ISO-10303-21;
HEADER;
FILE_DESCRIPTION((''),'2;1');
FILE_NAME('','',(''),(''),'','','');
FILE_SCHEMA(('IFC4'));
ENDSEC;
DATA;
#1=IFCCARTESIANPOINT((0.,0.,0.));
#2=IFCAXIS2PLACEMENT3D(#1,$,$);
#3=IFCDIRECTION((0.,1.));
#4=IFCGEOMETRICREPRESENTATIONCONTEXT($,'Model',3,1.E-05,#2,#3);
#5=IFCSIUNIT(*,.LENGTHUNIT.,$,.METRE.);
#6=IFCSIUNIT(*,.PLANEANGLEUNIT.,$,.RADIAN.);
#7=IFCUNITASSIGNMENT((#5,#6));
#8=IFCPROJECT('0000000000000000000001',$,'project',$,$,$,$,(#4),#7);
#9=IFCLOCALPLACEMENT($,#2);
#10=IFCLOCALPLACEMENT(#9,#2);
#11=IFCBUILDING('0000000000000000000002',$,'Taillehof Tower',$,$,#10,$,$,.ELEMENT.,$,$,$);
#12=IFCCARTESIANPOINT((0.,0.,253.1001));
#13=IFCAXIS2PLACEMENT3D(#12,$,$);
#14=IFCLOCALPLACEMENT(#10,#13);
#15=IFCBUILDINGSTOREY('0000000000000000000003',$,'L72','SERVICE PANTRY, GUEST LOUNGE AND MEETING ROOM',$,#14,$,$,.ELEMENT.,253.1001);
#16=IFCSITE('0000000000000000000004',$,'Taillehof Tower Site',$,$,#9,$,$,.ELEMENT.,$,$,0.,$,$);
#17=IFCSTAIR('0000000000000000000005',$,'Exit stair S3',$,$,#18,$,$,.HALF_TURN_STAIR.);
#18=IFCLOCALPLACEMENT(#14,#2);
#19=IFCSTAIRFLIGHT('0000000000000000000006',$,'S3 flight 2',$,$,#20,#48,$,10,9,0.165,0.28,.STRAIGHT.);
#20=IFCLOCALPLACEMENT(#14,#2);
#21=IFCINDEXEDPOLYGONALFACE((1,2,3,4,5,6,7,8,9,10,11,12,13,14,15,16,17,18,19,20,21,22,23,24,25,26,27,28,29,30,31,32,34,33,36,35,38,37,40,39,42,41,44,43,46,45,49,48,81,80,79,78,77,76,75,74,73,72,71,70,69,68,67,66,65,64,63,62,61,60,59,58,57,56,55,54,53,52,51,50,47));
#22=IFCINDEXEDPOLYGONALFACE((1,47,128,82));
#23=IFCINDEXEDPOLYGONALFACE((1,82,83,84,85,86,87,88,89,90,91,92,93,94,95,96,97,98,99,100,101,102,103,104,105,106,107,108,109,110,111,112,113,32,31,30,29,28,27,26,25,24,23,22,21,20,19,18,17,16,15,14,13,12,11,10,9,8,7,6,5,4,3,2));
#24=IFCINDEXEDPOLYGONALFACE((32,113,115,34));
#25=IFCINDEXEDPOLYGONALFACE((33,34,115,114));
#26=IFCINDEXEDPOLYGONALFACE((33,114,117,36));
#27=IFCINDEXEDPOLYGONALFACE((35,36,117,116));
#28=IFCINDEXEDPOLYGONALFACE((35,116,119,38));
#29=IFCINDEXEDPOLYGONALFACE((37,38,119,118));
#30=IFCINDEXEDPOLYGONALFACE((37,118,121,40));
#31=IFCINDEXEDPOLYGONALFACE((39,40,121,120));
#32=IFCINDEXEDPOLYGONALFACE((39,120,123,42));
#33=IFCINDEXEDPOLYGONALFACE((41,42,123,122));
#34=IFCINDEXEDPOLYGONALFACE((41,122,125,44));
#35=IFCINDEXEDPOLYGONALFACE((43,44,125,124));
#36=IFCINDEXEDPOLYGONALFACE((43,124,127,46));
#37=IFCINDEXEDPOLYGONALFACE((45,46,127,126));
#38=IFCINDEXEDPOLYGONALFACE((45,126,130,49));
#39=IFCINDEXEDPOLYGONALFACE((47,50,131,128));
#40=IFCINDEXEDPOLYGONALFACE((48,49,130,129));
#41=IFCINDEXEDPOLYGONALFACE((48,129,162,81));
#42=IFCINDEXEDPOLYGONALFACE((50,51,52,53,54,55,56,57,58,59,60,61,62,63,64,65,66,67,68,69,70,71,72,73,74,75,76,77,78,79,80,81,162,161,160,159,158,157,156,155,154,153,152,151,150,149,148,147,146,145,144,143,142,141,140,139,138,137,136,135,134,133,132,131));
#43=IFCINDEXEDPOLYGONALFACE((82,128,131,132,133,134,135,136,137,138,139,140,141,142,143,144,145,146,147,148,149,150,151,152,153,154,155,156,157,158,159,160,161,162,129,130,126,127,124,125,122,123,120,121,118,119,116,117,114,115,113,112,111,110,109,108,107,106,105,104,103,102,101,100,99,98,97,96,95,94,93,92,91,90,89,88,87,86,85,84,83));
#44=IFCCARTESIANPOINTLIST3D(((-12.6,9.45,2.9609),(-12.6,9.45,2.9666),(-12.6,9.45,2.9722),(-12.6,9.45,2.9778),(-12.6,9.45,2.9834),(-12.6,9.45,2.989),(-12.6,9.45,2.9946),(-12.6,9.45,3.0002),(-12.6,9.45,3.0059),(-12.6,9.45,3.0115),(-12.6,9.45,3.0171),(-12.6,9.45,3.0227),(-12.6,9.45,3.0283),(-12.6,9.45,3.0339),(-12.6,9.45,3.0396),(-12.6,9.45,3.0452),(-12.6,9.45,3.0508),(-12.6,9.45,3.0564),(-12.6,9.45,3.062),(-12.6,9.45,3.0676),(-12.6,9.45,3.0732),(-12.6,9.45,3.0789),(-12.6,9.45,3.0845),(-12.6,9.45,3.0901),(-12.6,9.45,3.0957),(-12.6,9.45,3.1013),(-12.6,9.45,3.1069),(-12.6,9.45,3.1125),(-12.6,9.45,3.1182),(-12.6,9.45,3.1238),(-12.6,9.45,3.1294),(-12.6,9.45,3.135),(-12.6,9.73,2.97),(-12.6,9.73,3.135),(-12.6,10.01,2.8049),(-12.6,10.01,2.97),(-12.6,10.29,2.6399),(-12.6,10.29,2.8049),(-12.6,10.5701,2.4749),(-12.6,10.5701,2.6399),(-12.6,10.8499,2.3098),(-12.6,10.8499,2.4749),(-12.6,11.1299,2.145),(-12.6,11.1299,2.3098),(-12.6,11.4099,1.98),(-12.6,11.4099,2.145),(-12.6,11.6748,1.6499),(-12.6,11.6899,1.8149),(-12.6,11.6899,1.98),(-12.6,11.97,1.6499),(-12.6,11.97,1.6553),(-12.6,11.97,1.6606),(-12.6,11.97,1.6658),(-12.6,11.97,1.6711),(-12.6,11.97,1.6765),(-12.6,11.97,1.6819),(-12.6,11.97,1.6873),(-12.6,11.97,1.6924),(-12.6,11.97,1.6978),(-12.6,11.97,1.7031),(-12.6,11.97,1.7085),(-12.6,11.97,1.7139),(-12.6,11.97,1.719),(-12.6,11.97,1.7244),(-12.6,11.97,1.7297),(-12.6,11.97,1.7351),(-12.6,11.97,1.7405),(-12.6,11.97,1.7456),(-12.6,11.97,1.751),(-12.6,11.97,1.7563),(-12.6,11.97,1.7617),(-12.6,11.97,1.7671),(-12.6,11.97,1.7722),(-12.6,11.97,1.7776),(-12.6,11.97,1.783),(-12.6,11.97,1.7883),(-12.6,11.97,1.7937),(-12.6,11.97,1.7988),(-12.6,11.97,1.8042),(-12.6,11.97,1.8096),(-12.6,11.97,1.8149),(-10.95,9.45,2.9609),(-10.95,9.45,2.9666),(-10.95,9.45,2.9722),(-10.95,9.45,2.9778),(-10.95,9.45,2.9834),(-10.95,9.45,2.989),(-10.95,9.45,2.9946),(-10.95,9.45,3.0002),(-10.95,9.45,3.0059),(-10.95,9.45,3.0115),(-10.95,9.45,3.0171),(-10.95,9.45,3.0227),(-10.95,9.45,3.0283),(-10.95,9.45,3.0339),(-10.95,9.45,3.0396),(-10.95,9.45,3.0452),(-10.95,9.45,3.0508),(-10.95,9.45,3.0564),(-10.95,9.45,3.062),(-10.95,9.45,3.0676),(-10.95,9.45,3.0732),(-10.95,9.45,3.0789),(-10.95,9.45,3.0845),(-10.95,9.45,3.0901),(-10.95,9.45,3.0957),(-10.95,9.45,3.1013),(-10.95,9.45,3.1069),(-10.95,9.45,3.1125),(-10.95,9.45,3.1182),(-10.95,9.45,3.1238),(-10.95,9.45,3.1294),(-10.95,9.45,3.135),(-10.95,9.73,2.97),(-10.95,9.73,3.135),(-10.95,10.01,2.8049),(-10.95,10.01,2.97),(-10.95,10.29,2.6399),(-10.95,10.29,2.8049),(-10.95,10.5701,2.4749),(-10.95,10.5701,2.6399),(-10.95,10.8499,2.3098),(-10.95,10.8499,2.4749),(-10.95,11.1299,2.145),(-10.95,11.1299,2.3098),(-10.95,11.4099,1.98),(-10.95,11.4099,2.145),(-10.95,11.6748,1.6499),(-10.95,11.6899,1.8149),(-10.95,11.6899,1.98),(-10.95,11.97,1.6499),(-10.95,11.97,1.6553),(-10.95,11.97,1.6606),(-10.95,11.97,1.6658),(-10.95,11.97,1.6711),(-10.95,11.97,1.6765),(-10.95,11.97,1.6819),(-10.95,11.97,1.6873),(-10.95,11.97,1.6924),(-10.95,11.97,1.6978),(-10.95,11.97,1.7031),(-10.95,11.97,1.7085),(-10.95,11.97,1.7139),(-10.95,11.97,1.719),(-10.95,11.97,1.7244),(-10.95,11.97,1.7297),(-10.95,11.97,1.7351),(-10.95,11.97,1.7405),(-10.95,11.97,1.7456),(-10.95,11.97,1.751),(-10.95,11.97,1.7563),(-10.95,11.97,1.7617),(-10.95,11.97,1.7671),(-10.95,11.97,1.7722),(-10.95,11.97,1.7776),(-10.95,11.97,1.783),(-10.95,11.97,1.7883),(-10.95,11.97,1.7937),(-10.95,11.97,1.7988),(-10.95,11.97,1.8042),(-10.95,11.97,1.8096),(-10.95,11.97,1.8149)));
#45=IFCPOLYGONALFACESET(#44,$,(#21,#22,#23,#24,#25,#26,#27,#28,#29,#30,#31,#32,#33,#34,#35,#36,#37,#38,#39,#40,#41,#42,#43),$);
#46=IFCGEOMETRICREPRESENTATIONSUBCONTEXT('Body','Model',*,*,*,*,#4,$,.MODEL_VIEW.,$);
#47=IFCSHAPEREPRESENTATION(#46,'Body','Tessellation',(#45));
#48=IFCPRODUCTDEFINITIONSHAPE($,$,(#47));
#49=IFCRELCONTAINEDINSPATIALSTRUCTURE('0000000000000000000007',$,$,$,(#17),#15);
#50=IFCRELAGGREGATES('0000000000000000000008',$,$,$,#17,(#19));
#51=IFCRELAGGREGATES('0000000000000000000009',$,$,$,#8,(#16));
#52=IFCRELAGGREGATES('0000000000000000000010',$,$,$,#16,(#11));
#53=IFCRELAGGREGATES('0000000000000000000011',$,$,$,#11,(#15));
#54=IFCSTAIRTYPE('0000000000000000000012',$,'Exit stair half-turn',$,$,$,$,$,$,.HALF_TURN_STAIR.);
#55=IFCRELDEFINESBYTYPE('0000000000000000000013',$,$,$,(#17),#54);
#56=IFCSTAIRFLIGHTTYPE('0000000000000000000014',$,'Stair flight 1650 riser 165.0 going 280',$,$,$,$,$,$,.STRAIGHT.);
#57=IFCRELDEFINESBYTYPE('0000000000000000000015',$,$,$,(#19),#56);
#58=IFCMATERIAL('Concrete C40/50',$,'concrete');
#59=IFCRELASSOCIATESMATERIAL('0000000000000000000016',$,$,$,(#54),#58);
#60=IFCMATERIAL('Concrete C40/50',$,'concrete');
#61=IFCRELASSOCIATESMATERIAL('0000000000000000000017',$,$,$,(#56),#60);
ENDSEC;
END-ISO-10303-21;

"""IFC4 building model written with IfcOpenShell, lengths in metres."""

from ifc_helpers import new_model, si_unit, direction, frame, origin, place, context, subcontext, project, spatial, polyline, outline, extrude, material, type_object, element, aggregate, save


model = new_model("IFC4")

# Units and contexts
model_context = context("Model", 3, precision=1e-05, world=origin(), true_north=direction((0.0, 1.0)))
body_context = subcontext(model_context, "Body", "Model", "MODEL_VIEW")
ifc_project = project(units=[si_unit("LENGTHUNIT", "METRE"), si_unit("PLANEANGLEUNIT", "RADIAN")], contexts=[model_context])

# Site, building, storey
site_placement = place(None, origin())
site = spatial("IfcSite", under=ifc_project, at=site_placement, Name="Taillehof Tower Site", CompositionType="ELEMENT", RefElevation=0.0)
building_placement = place(site_placement, origin())
building = spatial("IfcBuilding", under=site, at=building_placement, Name="Taillehof Tower", CompositionType="ELEMENT")
storey_placement = place(building_placement, frame((0.0, 0.0, 253.1001)))
storey = spatial("IfcBuildingStorey", under=building, at=storey_placement, Name="L72", Description="SERVICE PANTRY, GUEST LOUNGE AND MEETING ROOM", CompositionType="ELEMENT", Elevation=253.1001)

# Stair, stair flight
ifc_material_1 = material(Name="Concrete C40/50", Category="concrete")
stair_type = type_object("IfcStairType", Name="Exit stair half-turn", PredefinedType="HALF_TURN_STAIR", material=ifc_material_1)
stair_placement = place(storey_placement, origin())
stair = element("IfcStair", 1, at=stair_placement, inside=storey, type_object=stair_type, Name="Exit stair S3", PredefinedType="HALF_TURN_STAIR")
ifc_material_2 = material(Name="Concrete C40/50", Category="concrete")
stair_flight_type = type_object("IfcStairFlightType", Name="Stair flight 1650 riser 165.0 going 280", PredefinedType="STRAIGHT", material=ifc_material_2)
stair_flight_placement = place(storey_placement, frame((-11.7749, 11.97, 1.6499), z_axis=(0.0, 0.0, 1.0), x_axis=(0.0, -1.0, 0.0)))
stair_flight = element("IfcStairFlight", 2, at=stair_flight_placement, type_object=stair_flight_type, Name="S3 flight 2", NumberOfRisers=10, NumberOfTreads=9, PredefinedType="STRAIGHT", RiserHeight=0.165, TreadLength=0.28, context=body_context, shape_type="SweptSolid", body=[
    extrude(outline(polyline([(0.0, 0.0), (0.0, 0.0054), (0.0, 0.0107), (0.0, 0.0159), (0.0, 0.0212), (0.0, 0.0266), (0.0, 0.032), (0.0, 0.0374), (0.0, 0.0425), (0.0, 0.0479), (0.0, 0.0532), (0.0, 0.0586), (0.0, 0.064), (0.0, 0.0691), (0.0, 0.0745), (0.0, 0.0798), (0.0, 0.0852), (0.0, 0.0906), (0.0, 0.0957), (0.0, 0.1011), (0.0, 0.1064), (0.0, 0.1118), (0.0, 0.1172), (0.0, 0.1223), (0.0, 0.1277), (0.0, 0.1331), (0.0, 0.1384), (0.0, 0.1438), (0.0, 0.1489), (0.0, 0.1543), (0.0, 0.1597), (0.0, 0.165), (0.28, 0.165), (0.28, 0.3301), (0.5601, 0.3301), (0.5601, 0.4951), (0.8401, 0.4951), (0.8401, 0.6599), (1.1201, 0.6599), (1.1201, 0.825), (1.3999, 0.825), (1.3999, 0.99), (1.6799, 0.99), (1.6799, 1.155), (1.96, 1.155), (1.96, 1.3201), (2.24, 1.3201), (2.24, 1.4851), (2.52, 1.4851), (2.52, 1.4795), (2.52, 1.4739), (2.52, 1.4683), (2.52, 1.4626), (2.52, 1.457), (2.52, 1.4514), (2.52, 1.4458), (2.52, 1.4402), (2.52, 1.4346), (2.52, 1.429), (2.52, 1.4233), (2.52, 1.4177), (2.52, 1.4121), (2.52, 1.4065), (2.52, 1.4009), (2.52, 1.3953), (2.52, 1.3896), (2.52, 1.384), (2.52, 1.3784), (2.52, 1.3728), (2.52, 1.3672), (2.52, 1.3616), (2.52, 1.356), (2.52, 1.3503), (2.52, 1.3447), (2.52, 1.3391), (2.52, 1.3335), (2.52, 1.3279), (2.52, 1.3223), (2.52, 1.3167), (2.52, 1.311), (0.2952, 0.0), (0.0, 0.0)])), frame((0.0, 0.825, 0.0), z_axis=(0.0, -1.0, 0.0), x_axis=(1.0, 0.0, 0.0)), (0.0, 0.0, 1.0), 1.65),
])
aggregate(stair, [stair_flight])

save(model, "model.ifc")
